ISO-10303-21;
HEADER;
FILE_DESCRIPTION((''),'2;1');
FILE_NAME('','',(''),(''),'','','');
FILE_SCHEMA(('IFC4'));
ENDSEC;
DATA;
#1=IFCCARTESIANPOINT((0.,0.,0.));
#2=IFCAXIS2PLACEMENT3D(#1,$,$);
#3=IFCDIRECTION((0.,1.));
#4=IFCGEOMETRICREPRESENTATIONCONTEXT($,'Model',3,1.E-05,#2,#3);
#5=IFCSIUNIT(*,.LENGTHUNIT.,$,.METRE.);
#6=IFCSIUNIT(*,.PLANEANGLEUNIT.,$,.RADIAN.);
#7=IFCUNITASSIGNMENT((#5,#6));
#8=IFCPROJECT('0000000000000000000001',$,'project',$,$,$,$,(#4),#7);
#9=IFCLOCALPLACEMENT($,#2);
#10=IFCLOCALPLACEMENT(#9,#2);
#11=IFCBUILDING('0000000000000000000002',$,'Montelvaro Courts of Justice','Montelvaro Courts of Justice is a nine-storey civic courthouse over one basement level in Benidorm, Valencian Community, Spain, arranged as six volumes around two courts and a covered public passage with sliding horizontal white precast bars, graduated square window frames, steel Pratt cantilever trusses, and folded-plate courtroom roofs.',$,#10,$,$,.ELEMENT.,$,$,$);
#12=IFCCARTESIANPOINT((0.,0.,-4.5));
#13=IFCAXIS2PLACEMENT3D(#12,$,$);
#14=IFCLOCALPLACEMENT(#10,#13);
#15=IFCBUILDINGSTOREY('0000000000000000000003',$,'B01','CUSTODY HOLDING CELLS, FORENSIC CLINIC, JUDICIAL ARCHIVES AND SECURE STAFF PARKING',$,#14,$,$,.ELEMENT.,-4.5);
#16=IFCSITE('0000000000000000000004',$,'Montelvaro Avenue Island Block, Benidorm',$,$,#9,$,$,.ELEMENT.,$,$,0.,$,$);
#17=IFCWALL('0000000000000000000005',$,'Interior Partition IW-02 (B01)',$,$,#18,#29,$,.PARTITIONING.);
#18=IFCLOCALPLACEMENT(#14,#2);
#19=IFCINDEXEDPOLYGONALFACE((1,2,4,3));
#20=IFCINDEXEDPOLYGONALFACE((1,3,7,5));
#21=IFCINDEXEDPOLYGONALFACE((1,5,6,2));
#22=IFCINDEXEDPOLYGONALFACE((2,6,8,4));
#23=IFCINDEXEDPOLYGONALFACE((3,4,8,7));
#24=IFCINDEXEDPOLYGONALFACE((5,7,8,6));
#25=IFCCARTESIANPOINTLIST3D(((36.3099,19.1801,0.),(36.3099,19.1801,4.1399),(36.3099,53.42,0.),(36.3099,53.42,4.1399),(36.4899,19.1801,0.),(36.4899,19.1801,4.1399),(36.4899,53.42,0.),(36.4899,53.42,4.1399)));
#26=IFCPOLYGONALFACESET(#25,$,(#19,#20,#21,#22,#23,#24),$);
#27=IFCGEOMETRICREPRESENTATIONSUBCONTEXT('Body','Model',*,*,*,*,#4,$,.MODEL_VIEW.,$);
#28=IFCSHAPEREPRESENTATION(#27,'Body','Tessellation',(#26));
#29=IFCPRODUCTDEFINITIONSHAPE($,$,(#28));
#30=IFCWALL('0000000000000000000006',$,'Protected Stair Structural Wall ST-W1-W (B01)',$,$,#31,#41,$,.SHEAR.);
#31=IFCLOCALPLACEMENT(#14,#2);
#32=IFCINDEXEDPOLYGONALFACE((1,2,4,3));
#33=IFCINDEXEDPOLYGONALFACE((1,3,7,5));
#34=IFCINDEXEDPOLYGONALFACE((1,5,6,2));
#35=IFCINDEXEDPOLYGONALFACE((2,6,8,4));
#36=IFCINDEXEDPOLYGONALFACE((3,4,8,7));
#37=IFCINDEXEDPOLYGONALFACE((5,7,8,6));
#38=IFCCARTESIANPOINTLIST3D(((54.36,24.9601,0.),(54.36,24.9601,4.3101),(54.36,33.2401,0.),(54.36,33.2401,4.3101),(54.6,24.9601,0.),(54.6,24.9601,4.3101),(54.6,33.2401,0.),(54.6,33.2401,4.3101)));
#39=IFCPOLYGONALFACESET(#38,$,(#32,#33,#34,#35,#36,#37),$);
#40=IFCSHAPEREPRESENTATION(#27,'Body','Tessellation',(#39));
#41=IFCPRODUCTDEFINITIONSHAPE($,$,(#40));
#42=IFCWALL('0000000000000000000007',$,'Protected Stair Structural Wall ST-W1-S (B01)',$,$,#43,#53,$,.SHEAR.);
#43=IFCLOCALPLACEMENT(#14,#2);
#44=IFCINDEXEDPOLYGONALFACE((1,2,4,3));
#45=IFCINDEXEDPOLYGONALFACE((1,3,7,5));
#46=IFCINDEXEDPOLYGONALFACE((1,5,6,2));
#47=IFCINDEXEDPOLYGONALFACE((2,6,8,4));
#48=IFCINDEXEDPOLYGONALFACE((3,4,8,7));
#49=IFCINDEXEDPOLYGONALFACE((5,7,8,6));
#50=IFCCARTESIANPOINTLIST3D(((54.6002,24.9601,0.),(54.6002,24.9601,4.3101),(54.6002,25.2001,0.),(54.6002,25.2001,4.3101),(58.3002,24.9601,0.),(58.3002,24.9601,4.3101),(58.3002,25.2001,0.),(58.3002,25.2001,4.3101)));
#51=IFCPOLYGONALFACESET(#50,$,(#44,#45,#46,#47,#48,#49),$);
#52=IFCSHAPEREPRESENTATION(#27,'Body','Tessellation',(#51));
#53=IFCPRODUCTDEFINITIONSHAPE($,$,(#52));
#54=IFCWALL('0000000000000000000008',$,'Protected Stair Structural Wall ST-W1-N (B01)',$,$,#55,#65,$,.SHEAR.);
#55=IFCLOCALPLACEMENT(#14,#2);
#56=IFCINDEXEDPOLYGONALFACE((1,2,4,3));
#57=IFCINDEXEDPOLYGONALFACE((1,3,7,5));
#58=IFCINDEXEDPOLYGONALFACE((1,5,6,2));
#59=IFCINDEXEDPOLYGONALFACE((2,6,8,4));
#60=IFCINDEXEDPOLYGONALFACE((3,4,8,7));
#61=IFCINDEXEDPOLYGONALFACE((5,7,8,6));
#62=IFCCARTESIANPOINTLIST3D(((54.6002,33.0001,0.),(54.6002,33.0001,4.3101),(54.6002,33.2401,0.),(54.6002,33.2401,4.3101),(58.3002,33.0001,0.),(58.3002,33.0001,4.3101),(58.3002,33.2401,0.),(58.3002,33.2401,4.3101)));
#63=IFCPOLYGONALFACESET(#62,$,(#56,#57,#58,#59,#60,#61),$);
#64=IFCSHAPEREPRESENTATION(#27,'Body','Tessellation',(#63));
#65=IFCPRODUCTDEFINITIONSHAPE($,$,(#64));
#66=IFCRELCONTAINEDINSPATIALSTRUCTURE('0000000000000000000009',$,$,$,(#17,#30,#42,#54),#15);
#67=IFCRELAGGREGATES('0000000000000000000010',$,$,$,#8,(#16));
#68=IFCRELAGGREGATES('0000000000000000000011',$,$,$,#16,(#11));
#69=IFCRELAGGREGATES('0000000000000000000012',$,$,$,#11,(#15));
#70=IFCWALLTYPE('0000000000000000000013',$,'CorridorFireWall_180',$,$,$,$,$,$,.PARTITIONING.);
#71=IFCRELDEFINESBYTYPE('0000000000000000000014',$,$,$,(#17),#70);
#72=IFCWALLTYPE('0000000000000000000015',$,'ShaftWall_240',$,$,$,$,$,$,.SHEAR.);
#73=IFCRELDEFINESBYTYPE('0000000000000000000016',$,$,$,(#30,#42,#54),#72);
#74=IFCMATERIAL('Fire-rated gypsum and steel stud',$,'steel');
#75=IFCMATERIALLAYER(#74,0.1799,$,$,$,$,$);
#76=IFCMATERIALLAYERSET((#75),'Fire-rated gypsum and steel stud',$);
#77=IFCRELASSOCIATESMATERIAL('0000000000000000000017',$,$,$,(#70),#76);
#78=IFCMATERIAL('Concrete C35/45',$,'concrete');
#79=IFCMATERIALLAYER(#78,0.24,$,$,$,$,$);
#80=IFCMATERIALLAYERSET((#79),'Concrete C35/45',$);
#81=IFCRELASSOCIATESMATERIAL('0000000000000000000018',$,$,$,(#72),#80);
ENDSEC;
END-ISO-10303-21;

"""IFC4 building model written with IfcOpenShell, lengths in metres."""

from ifc_helpers import new_model, si_unit, direction, frame, frame_2d, origin, place, context, subcontext, project, spatial, rectangle, extrude, material, layer, layer_set, type_object, element, save


model = new_model("IFC4")

# Units and contexts
model_context = context("Model", 3, precision=1e-05, world=origin(), true_north=direction((0.0, 1.0)))
body_context = subcontext(model_context, "Body", "Model", "MODEL_VIEW")
ifc_project = project(units=[si_unit("LENGTHUNIT", "METRE"), si_unit("PLANEANGLEUNIT", "RADIAN")], contexts=[model_context])

# Site, building, storey
site_placement = place(None, origin())
site = spatial("IfcSite", under=ifc_project, at=site_placement, Name="Montelvaro Avenue Island Block, Benidorm", CompositionType="ELEMENT", RefElevation=0.0)
building_placement = place(site_placement, origin())
building = spatial("IfcBuilding", under=site, at=building_placement, Name="Montelvaro Courts of Justice", Description="Montelvaro Courts of Justice is a nine-storey civic courthouse over one basement level in Benidorm, Valencian Community, Spain, arranged as six volumes around two courts and a covered public passage with sliding horizontal white precast bars, graduated square window frames, steel Pratt cantilever trusses, and folded-plate courtroom roofs.", CompositionType="ELEMENT")
storey_placement = place(building_placement, frame((0.0, 0.0, -4.5)))
storey = spatial("IfcBuildingStorey", under=building, at=storey_placement, Name="B01", Description="CUSTODY HOLDING CELLS, FORENSIC CLINIC, JUDICIAL ARCHIVES AND SECURE STAFF PARKING", CompositionType="ELEMENT", Elevation=-4.5)

# Shared definitions
ifc_material_1 = material(Name="Concrete C35/45", Category="concrete")

# Shared definitions
ifc_material_2 = material(Name="Fire-rated gypsum and steel stud", Category="steel")
ifc_layer_1 = layer(ifc_material_2, 0.1799)
ifc_layer_set_1 = layer_set([ifc_layer_1], Name="Fire-rated gypsum and steel stud")
wall_type_1 = type_object("IfcWallType", Name="CorridorFireWall_180", PredefinedType="PARTITIONING", material=ifc_layer_set_1)

# Walls
wall_1_placement = place(storey_placement, frame((36.3999, 19.1799, 0.0), z_axis=(0.0, 0.0, 1.0), x_axis=(0.0, 1.0, 0.0)))
element("IfcWall", 1, at=wall_1_placement, inside=storey, type_object=wall_type_1, Name="Interior Partition IW-02 (B01)", PredefinedType="PARTITIONING", context=body_context, shape_type="SweptSolid", body=[
    extrude(rectangle(XDim=34.24, YDim=0.1799, at=frame_2d((17.1201, 0.0))), origin(), (0.0, 0.0, 1.0), 4.1399),
])
ifc_layer_2 = layer(ifc_material_1, 0.24)
ifc_layer_set_2 = layer_set([ifc_layer_2], Name="Concrete C35/45")
wall_type_2 = type_object("IfcWallType", Name="ShaftWall_240", PredefinedType="SHEAR", material=ifc_layer_set_2)
wall_2_placement = place(storey_placement, frame((54.48, 24.96, 0.0), z_axis=(0.0, 0.0, 1.0), x_axis=(0.0, 1.0, 0.0)))
element("IfcWall", 2, at=wall_2_placement, inside=storey, type_object=wall_type_2, Name="Protected Stair Structural Wall ST-W1-W (B01)", PredefinedType="SHEAR", context=body_context, shape_type="SweptSolid", body=[
    extrude(rectangle(XDim=8.28, YDim=0.24, at=frame_2d((4.1401, 0.0))), origin(), (0.0, 0.0, 1.0), 4.3101),
])
for number, where, z_axis, x_axis, name in (
    (3, (54.6001, 25.0801, 0.0), (0.0, 0.0, 1.0), (1.0, 0.0, 0.0), "Protected Stair Structural Wall ST-W1-S (B01)"),
    (4, (54.6001, 33.1201, 0.0), (0.0, 0.0, 1.0), (1.0, 0.0, 0.0), "Protected Stair Structural Wall ST-W1-N (B01)"),
):
    element("IfcWall", number, at=place(storey_placement, frame(where, z_axis=z_axis, x_axis=x_axis)), inside=storey, type_object=wall_type_2, Name=name, PredefinedType="SHEAR", context=body_context, shape_type="SweptSolid", body=[
        extrude(rectangle(XDim=3.7, YDim=0.24, at=frame_2d((1.8501, 0.0))), origin(), (0.0, 0.0, 1.0), 4.3101),
    ])

save(model, "model.ifc")
